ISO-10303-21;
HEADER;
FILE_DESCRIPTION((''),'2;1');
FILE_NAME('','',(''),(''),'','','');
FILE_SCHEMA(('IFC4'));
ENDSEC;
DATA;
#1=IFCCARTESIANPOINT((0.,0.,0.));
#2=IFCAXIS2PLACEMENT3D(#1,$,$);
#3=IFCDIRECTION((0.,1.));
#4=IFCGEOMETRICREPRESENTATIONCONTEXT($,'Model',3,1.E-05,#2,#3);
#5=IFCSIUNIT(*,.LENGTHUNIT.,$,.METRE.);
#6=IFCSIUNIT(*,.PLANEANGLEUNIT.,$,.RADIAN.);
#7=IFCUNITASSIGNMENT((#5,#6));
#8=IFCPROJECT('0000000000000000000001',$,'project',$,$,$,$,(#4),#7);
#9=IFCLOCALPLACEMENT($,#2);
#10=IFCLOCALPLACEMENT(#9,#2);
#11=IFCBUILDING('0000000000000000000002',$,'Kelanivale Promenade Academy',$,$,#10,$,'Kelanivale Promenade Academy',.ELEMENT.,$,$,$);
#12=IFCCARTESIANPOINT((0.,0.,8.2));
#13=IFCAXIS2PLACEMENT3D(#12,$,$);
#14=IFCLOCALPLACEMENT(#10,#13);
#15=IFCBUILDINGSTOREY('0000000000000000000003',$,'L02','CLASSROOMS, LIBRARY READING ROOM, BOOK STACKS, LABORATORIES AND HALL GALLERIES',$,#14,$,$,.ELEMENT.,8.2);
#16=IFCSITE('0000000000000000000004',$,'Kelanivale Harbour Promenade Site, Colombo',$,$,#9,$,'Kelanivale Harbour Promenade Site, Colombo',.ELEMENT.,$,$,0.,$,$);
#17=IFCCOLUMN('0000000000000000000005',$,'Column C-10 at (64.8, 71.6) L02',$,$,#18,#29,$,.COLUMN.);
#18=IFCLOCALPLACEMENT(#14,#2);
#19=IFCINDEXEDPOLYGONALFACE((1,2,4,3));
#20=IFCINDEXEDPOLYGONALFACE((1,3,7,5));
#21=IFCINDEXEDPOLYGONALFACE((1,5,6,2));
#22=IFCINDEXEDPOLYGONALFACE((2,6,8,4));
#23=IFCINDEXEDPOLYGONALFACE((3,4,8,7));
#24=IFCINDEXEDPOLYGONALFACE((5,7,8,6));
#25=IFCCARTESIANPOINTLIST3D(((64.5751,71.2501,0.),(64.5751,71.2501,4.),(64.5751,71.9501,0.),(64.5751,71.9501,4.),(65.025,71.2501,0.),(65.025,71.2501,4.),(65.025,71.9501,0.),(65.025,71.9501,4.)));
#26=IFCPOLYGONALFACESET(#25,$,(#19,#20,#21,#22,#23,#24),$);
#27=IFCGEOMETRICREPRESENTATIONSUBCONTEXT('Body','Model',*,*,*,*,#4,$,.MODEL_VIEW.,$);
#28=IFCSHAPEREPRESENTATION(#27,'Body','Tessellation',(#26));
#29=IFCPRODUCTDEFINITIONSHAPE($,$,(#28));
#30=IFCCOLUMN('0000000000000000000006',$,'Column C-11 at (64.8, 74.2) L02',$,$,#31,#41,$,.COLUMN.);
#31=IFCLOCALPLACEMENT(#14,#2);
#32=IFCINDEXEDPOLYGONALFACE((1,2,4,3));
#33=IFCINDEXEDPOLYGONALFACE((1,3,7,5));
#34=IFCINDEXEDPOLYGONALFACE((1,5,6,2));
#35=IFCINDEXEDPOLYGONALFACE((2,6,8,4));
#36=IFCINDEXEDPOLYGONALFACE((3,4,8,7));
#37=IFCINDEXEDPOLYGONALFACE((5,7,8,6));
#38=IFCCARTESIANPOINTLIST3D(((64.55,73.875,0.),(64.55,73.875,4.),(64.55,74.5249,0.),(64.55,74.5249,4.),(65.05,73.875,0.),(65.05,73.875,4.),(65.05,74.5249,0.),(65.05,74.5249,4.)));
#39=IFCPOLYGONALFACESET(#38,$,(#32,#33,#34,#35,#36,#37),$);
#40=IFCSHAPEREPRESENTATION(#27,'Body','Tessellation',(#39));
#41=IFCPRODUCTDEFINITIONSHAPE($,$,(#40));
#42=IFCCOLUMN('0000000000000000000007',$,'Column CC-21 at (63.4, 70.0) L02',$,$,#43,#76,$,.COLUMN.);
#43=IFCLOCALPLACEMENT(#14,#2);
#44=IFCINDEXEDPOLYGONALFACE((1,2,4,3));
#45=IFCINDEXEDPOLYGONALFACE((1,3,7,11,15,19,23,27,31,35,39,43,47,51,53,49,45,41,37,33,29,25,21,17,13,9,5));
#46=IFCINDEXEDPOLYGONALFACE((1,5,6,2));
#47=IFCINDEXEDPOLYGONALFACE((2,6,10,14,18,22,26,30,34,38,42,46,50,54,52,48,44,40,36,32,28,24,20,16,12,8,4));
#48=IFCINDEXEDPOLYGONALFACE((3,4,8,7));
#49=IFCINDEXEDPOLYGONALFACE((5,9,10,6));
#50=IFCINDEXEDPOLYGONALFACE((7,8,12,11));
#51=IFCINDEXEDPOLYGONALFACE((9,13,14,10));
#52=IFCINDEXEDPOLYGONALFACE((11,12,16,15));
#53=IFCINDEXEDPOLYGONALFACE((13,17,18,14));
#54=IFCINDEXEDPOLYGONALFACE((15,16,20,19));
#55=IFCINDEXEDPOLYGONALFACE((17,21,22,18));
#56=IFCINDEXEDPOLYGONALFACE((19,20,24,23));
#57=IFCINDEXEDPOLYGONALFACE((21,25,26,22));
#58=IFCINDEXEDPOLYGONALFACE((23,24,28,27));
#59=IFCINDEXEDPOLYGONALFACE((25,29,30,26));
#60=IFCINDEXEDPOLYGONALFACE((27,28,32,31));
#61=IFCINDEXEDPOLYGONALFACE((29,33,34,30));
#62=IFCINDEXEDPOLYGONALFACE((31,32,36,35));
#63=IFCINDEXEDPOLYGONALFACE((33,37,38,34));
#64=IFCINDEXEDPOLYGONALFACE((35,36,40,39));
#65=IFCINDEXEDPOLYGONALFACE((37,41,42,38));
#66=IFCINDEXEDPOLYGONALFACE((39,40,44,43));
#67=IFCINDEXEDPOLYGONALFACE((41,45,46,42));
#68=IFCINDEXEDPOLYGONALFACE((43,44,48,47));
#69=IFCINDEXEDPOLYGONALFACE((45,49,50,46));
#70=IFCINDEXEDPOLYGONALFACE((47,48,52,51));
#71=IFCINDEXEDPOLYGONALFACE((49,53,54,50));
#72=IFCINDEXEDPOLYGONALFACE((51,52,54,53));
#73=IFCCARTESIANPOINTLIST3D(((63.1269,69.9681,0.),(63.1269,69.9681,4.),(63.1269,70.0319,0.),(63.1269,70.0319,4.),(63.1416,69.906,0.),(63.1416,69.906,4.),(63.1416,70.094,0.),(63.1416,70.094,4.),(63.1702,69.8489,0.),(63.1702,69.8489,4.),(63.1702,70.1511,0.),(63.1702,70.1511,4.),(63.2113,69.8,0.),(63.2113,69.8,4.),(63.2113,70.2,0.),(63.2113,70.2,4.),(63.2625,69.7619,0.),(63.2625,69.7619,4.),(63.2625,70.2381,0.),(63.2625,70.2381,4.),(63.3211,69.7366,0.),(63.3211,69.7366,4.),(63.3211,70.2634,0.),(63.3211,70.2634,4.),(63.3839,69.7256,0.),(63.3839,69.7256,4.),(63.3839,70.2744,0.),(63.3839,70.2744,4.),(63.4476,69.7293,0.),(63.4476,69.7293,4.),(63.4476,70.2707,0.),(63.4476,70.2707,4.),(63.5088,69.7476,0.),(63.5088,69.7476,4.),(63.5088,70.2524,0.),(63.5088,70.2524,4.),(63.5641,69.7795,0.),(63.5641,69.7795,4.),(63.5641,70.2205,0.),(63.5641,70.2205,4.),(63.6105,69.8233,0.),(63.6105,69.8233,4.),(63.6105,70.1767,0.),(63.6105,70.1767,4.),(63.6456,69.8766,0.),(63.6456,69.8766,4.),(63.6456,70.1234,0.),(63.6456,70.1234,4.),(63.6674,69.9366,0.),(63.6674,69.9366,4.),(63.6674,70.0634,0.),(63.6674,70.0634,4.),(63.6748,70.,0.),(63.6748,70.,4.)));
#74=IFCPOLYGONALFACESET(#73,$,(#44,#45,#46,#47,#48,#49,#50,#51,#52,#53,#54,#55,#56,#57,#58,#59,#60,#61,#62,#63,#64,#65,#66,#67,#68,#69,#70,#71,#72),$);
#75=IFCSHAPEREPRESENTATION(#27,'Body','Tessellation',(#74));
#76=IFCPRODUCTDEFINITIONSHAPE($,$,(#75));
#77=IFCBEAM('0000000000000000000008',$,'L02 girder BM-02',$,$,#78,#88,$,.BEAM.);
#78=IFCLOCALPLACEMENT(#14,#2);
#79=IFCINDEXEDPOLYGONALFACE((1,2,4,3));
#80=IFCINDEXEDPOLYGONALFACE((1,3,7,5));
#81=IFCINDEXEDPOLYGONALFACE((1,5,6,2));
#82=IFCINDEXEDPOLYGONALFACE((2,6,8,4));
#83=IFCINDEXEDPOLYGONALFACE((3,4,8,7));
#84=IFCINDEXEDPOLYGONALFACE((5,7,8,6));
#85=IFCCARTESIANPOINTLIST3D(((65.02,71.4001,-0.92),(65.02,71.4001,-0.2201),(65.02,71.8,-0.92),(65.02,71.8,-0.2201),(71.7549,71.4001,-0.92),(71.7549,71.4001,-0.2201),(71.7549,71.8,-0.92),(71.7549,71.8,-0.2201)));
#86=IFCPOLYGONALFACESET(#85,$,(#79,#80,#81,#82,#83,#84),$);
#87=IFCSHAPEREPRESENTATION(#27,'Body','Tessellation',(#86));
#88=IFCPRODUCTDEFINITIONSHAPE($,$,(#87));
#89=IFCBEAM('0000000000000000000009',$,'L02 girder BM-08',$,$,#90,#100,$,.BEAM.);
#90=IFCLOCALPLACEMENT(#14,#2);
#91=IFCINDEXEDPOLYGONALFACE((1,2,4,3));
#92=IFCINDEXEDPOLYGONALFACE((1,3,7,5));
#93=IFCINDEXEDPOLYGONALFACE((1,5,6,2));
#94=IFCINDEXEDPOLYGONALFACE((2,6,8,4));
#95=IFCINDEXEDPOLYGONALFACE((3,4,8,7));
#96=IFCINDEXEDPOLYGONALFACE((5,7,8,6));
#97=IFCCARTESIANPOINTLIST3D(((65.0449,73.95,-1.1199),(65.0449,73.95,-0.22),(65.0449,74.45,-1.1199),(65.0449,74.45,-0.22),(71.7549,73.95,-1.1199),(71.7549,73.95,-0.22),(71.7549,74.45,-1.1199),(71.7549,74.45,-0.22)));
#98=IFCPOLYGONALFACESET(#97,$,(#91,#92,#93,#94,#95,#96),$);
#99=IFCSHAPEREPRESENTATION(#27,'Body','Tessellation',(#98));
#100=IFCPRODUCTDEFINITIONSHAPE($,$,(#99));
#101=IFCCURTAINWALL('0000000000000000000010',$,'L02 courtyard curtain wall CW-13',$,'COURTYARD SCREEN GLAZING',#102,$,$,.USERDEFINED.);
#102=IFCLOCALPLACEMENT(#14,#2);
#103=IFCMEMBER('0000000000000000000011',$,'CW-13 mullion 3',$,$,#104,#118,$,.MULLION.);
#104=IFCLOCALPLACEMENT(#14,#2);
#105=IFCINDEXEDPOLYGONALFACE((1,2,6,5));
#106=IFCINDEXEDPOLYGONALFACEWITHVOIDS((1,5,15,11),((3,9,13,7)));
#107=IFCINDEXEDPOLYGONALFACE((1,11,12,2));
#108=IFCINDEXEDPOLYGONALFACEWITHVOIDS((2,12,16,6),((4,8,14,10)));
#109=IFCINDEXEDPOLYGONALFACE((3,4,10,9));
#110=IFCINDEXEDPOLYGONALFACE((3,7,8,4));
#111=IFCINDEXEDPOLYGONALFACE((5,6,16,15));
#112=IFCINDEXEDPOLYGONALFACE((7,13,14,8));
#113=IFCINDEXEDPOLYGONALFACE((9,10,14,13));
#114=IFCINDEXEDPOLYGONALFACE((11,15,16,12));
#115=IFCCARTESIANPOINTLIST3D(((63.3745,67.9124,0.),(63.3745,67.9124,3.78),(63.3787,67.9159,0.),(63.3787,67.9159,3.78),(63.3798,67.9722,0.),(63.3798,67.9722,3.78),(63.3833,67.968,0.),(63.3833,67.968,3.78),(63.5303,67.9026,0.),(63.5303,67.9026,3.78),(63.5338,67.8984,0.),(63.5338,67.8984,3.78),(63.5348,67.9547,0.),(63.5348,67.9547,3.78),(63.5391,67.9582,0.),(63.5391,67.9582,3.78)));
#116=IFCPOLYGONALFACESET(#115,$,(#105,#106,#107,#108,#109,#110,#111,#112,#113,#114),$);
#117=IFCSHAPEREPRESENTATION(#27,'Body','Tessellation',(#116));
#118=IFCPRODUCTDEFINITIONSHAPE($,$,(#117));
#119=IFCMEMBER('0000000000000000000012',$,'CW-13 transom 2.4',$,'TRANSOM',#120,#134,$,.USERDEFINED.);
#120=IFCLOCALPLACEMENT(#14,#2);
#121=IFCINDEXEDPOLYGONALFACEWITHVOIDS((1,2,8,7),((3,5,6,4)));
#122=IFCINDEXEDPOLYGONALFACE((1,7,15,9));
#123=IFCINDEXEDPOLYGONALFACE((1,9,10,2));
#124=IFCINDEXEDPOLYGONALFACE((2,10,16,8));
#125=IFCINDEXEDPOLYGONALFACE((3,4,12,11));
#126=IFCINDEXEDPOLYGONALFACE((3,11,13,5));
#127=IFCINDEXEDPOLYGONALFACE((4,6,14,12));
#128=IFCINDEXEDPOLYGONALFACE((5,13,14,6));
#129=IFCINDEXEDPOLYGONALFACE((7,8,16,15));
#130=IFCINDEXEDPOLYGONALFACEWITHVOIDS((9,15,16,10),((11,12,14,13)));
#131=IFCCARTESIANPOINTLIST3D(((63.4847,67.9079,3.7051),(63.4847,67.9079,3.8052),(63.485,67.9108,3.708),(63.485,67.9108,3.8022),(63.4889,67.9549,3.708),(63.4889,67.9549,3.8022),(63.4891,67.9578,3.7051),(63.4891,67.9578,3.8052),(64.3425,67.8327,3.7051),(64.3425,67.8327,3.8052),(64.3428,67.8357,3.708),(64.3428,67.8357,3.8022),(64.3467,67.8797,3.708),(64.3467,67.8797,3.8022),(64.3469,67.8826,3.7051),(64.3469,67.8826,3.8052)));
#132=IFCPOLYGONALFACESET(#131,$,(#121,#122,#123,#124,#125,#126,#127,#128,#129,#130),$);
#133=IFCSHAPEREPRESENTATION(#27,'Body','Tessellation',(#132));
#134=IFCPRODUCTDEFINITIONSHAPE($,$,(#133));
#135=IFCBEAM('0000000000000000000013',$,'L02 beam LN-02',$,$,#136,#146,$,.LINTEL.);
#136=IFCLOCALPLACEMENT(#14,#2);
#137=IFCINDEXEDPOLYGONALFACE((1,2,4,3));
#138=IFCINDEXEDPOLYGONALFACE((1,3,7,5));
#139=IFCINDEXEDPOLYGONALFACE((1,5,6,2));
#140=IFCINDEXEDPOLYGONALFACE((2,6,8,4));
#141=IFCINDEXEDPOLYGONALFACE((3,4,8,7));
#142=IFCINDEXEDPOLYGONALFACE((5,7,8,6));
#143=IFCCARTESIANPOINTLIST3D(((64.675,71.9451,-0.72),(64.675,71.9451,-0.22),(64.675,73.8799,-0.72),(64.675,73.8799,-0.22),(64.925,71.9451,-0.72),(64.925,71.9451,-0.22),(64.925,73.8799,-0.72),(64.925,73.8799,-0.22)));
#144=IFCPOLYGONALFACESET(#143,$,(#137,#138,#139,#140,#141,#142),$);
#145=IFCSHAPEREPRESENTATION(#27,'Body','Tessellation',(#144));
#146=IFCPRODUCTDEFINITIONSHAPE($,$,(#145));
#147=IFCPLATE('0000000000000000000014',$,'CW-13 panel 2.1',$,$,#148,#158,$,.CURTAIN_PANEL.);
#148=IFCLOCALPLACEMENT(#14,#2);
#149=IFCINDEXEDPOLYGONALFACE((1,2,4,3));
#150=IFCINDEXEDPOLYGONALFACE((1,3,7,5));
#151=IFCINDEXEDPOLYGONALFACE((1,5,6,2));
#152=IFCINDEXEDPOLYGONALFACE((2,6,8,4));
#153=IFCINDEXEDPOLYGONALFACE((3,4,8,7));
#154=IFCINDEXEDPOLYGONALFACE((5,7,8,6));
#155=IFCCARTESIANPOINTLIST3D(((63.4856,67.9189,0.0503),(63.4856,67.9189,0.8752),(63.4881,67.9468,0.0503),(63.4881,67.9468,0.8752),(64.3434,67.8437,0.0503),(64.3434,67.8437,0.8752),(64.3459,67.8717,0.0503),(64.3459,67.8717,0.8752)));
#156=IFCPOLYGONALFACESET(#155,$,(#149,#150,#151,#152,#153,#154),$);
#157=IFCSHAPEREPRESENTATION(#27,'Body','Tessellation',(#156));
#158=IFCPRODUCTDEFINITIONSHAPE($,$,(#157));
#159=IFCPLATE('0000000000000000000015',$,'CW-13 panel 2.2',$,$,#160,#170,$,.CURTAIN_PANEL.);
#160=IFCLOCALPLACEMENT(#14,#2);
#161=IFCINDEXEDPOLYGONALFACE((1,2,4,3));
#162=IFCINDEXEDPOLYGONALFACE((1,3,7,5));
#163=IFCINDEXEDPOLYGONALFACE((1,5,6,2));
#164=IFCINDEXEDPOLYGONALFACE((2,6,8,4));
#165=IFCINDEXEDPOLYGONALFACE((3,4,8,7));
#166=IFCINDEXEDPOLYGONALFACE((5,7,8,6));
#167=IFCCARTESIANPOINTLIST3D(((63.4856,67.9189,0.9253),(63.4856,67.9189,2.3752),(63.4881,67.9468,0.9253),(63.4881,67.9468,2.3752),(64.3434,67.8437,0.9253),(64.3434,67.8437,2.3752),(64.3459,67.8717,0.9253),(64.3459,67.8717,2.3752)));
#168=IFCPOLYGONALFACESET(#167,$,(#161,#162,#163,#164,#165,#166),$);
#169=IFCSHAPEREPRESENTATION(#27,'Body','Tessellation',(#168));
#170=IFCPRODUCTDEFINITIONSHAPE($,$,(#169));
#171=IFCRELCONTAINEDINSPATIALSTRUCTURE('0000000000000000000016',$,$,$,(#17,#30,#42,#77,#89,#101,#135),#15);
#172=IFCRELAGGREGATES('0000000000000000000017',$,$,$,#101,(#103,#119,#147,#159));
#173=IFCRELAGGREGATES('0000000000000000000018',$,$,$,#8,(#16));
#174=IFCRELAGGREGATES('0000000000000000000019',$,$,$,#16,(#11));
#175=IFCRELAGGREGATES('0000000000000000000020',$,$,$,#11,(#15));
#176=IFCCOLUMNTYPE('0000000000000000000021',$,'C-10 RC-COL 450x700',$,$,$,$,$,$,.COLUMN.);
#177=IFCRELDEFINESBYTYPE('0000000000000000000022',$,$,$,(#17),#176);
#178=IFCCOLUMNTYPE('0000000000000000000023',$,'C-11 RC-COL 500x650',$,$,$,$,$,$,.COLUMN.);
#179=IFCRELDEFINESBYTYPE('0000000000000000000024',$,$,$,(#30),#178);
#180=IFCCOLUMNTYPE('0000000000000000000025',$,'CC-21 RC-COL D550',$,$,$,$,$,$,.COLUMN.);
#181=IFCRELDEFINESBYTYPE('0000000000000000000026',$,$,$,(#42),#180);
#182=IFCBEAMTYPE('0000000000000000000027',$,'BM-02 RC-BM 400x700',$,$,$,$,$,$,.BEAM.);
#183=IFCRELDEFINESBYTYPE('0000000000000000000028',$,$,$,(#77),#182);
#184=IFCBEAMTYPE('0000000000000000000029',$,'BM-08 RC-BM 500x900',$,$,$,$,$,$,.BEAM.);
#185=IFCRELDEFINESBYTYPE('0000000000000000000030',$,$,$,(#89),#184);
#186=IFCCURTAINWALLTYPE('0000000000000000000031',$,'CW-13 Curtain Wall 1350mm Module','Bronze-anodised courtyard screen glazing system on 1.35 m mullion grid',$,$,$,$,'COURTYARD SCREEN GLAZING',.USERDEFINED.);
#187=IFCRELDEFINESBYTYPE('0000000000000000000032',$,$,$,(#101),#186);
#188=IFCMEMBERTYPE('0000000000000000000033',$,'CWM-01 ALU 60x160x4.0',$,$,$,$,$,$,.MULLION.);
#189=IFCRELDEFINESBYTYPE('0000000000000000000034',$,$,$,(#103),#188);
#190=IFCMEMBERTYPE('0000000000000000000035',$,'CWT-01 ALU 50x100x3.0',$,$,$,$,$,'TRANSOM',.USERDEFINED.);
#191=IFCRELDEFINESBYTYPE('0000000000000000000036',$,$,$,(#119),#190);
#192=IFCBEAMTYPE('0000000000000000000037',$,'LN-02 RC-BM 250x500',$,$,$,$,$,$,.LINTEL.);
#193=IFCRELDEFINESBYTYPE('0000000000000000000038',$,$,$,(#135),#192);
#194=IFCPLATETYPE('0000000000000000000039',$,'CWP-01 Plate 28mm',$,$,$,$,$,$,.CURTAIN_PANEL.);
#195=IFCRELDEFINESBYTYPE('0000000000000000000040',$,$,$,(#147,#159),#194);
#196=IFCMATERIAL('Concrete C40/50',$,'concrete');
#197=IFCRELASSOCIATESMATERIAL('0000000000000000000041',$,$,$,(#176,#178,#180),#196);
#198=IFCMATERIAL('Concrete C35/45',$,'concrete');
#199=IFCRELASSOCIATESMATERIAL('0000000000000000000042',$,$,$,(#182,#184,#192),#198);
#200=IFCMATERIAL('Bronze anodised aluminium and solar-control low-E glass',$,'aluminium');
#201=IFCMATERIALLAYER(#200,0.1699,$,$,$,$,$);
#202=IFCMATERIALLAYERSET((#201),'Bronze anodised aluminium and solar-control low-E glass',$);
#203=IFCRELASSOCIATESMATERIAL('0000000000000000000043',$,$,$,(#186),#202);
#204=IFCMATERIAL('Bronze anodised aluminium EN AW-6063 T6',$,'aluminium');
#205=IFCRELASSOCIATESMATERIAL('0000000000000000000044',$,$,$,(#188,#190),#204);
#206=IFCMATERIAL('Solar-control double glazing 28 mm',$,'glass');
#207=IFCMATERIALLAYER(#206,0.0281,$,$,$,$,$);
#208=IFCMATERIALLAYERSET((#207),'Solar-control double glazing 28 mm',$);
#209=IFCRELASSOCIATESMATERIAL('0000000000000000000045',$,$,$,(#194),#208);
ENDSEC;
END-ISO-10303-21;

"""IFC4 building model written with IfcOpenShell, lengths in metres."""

from ifc_helpers import new_model, si_unit, direction, frame, origin, origin_2d, place, context, subcontext, project, spatial, rectangle, hollow_rectangle, circle, extrude, material, layer, layer_set, material_profile, profile_set, type_object, element, aggregate, save


model = new_model("IFC4")

# Units and contexts
model_context = context("Model", 3, precision=1e-05, world=origin(), true_north=direction((0.0, 1.0)))
body_context = subcontext(model_context, "Body", "Model", "MODEL_VIEW")
ifc_project = project(units=[si_unit("LENGTHUNIT", "METRE"), si_unit("PLANEANGLEUNIT", "RADIAN")], contexts=[model_context])

# Site, building, storey
site_placement = place(None, origin())
site = spatial("IfcSite", under=ifc_project, at=site_placement, Name="Kelanivale Harbour Promenade Site, Colombo", LongName="Kelanivale Harbour Promenade Site, Colombo", CompositionType="ELEMENT", RefElevation=0.0)
building_placement = place(site_placement, origin())
building = spatial("IfcBuilding", under=site, at=building_placement, Name="Kelanivale Promenade Academy", LongName="Kelanivale Promenade Academy", CompositionType="ELEMENT")
storey_placement = place(building_placement, frame((0.0, 0.0, 8.2)))
storey = spatial("IfcBuildingStorey", under=building, at=storey_placement, Name="L02", Description="CLASSROOMS, LIBRARY READING ROOM, BOOK STACKS, LABORATORIES AND HALL GALLERIES", CompositionType="ELEMENT", Elevation=8.2)

# Columns
ifc_material_1 = material(Name="Concrete C40/50", Category="concrete")
ifc_material_profile_1 = material_profile(ifc_material_1, rectangle(XDim=0.45, YDim=0.7, at=origin_2d()), Name="RC-COL 450x700")
ifc_profile_set_1 = profile_set([ifc_material_profile_1], Name="Concrete C40/50")
column_type_1 = type_object("IfcColumnType", Name="C-10 RC-COL 450x700", PredefinedType="COLUMN", material=ifc_profile_set_1)
column_1_placement = place(storey_placement, frame((64.8, 71.6001, 0.0), z_axis=(0.0, 0.0, 1.0), x_axis=(1.0, 0.0, 0.0)))
element("IfcColumn", 1, at=column_1_placement, inside=storey, type_object=column_type_1, Name="Column C-10 at (64.8, 71.6) L02", PredefinedType="COLUMN", context=body_context, shape_type="SweptSolid", body=[
    extrude(rectangle(XDim=0.45, YDim=0.7, at=origin_2d()), origin(), (0.0, 0.0, 1.0), 4.0),
])
ifc_material_profile_2 = material_profile(ifc_material_1, rectangle(XDim=0.5, YDim=0.6499, at=origin_2d()), Name="RC-COL 500x650")
ifc_profile_set_2 = profile_set([ifc_material_profile_2], Name="Concrete C40/50")
column_type_2 = type_object("IfcColumnType", Name="C-11 RC-COL 500x650", PredefinedType="COLUMN", material=ifc_profile_set_2)
column_2_placement = place(storey_placement, frame((64.8, 74.2, 0.0), z_axis=(0.0, 0.0, 1.0), x_axis=(1.0, 0.0, 0.0)))
element("IfcColumn", 2, at=column_2_placement, inside=storey, type_object=column_type_2, Name="Column C-11 at (64.8, 74.2) L02", PredefinedType="COLUMN", context=body_context, shape_type="SweptSolid", body=[
    extrude(rectangle(XDim=0.5, YDim=0.6499, at=origin_2d()), origin(), (0.0, 0.0, 1.0), 4.0),
])
ifc_material_profile_3 = material_profile(ifc_material_1, circle(Radius=0.2749, at=origin_2d()), Name="RC-COL D550")
ifc_profile_set_3 = profile_set([ifc_material_profile_3], Name="Concrete C40/50")
column_type_3 = type_object("IfcColumnType", Name="CC-21 RC-COL D550", PredefinedType="COLUMN", material=ifc_profile_set_3)
column_3_placement = place(storey_placement, frame((63.3999, 70.0, 0.0), z_axis=(0.0, 0.0, 1.0), x_axis=(1.0, 0.0, 0.0)))
element("IfcColumn", 3, at=column_3_placement, inside=storey, type_object=column_type_3, Name="Column CC-21 at (63.4, 70.0) L02", PredefinedType="COLUMN", context=body_context, shape_type="SweptSolid", body=[
    extrude(circle(Radius=0.2749, at=origin_2d()), origin(), (0.0, 0.0, 1.0), 4.0),
])

# Beams
ifc_material_2 = material(Name="Concrete C35/45", Category="concrete")
ifc_material_profile_4 = material_profile(ifc_material_2, rectangle(XDim=0.3999, YDim=0.7, at=origin_2d()), Name="RC-BM 400x700")
ifc_profile_set_4 = profile_set([ifc_material_profile_4], Name="Concrete C35/45")
beam_type_1 = type_object("IfcBeamType", Name="BM-02 RC-BM 400x700", PredefinedType="BEAM", material=ifc_profile_set_4)
beam_1_placement = place(storey_placement, frame((65.02, 71.6001, -0.5701), z_axis=(1.0, 0.0, 0.0), x_axis=(0.0, 1.0, 0.0)))
element("IfcBeam", 4, at=beam_1_placement, inside=storey, type_object=beam_type_1, Name="L02 girder BM-02", PredefinedType="BEAM", context=body_context, shape_type="SweptSolid", body=[
    extrude(rectangle(XDim=0.3999, YDim=0.7, at=origin_2d()), origin(), (0.0, 0.0, 1.0), 6.7349),
])
ifc_material_profile_5 = material_profile(ifc_material_2, rectangle(XDim=0.5, YDim=0.8999, at=origin_2d()), Name="RC-BM 500x900")
ifc_profile_set_5 = profile_set([ifc_material_profile_5], Name="Concrete C35/45")
beam_type_2 = type_object("IfcBeamType", Name="BM-08 RC-BM 500x900", PredefinedType="BEAM", material=ifc_profile_set_5)
beam_2_placement = place(storey_placement, frame((65.0449, 74.2, -0.6699), z_axis=(1.0, 0.0, 0.0), x_axis=(0.0, 1.0, 0.0)))
element("IfcBeam", 5, at=beam_2_placement, inside=storey, type_object=beam_type_2, Name="L02 girder BM-08", PredefinedType="BEAM", context=body_context, shape_type="SweptSolid", body=[
    extrude(rectangle(XDim=0.5, YDim=0.8999, at=origin_2d()), origin(), (0.0, 0.0, 1.0), 6.71),
])

# Curtain wall, members
ifc_material_3 = material(Name="Bronze anodised aluminium and solar-control low-E glass", Category="aluminium")
ifc_layer_1 = layer(ifc_material_3, 0.1699)
ifc_layer_set_1 = layer_set([ifc_layer_1], Name="Bronze anodised aluminium and solar-control low-E glass")
curtain_wall_type = type_object("IfcCurtainWallType", Name="CW-13 Curtain Wall 1350mm Module", Description="Bronze-anodised courtyard screen glazing system on 1.35 m mullion grid", ElementType="COURTYARD SCREEN GLAZING", PredefinedType="USERDEFINED", material=ifc_layer_set_1)
curtain_wall_placement = place(storey_placement, origin())
curtain_wall = element("IfcCurtainWall", 6, at=curtain_wall_placement, inside=storey, type_object=curtain_wall_type, Name="L02 courtyard curtain wall CW-13", ObjectType="COURTYARD SCREEN GLAZING", PredefinedType="USERDEFINED")
ifc_material_4 = material(Name="Bronze anodised aluminium EN AW-6063 T6", Category="aluminium")
ifc_material_profile_6 = material_profile(ifc_material_4, hollow_rectangle(XDim=0.0601, YDim=0.1599, WallThickness=0.0039, at=origin_2d()), Name="ALU 60x160x4.0")
ifc_profile_set_6 = profile_set([ifc_material_profile_6], Name="Bronze anodised aluminium EN AW-6063 T6")
member_type_1 = type_object("IfcMemberType", Name="CWM-01 ALU 60x160x4.0", PredefinedType="MULLION", material=ifc_profile_set_6)
member_1_placement = place(storey_placement, frame((63.4568, 67.9353, 0.0), z_axis=(0.0, 0.0, 1.0), x_axis=(-0.087265, -0.996185, 0.0)))
member_1 = element("IfcMember", 7, at=member_1_placement, type_object=member_type_1, Name="CW-13 mullion 3", PredefinedType="MULLION", context=body_context, shape_type="SweptSolid", body=[
    extrude(hollow_rectangle(XDim=0.0601, YDim=0.1599, WallThickness=0.0039, at=origin_2d()), origin(), (0.0, 0.0, 1.0), 3.78),
])
ifc_material_profile_7 = material_profile(ifc_material_4, hollow_rectangle(XDim=0.05, YDim=0.1001, WallThickness=0.0029, at=origin_2d()), Name="ALU 50x100x3.0")
ifc_profile_set_7 = profile_set([ifc_material_profile_7], Name="Bronze anodised aluminium EN AW-6063 T6")
member_type_2 = type_object("IfcMemberType", Name="CWT-01 ALU 50x100x3.0", ElementType="TRANSOM", PredefinedType="USERDEFINED", material=ifc_profile_set_7)
member_2_placement = place(storey_placement, frame((64.3447, 67.8577, 3.7551), z_axis=(-0.996181, 0.087315, 0.0), x_axis=(-0.087315, -0.996181, 0.0)))
member_2 = element("IfcMember", 8, at=member_2_placement, type_object=member_type_2, Name="CW-13 transom 2.4", ObjectType="TRANSOM", PredefinedType="USERDEFINED", context=body_context, shape_type="SweptSolid", body=[
    extrude(hollow_rectangle(XDim=0.05, YDim=0.1001, WallThickness=0.0029, at=origin_2d()), origin(), (0.0, 0.0, 1.0), 0.8611),
])

# Beam
ifc_material_profile_8 = material_profile(ifc_material_2, rectangle(XDim=0.25, YDim=0.5, at=origin_2d()), Name="RC-BM 250x500")
ifc_profile_set_8 = profile_set([ifc_material_profile_8], Name="Concrete C35/45")
beam_type_3 = type_object("IfcBeamType", Name="LN-02 RC-BM 250x500", PredefinedType="LINTEL", material=ifc_profile_set_8)
beam_3_placement = place(storey_placement, frame((64.8, 71.9451, -0.47), z_axis=(0.0, 1.0, 0.0), x_axis=(-1.0, 0.0, 0.0)))
element("IfcBeam", 9, at=beam_3_placement, inside=storey, type_object=beam_type_3, Name="L02 beam LN-02", PredefinedType="LINTEL", context=body_context, shape_type="SweptSolid", body=[
    extrude(rectangle(XDim=0.25, YDim=0.5, at=origin_2d()), origin(), (0.0, 0.0, 1.0), 1.9348),
])

# Plates
ifc_material_5 = material(Name="Solar-control double glazing 28 mm", Category="glass")
ifc_layer_2 = layer(ifc_material_5, 0.0281)
ifc_layer_set_2 = layer_set([ifc_layer_2], Name="Solar-control double glazing 28 mm")
plate_type = type_object("IfcPlateType", Name="CWP-01 Plate 28mm", PredefinedType="CURTAIN_PANEL", material=ifc_layer_set_2)
plate_1_placement = place(storey_placement, frame((63.9158, 67.8953, 0.0503), z_axis=(0.0, 0.0, 1.0), x_axis=(-0.996185, 0.087265, 0.0)))
plate_1 = element("IfcPlate", 10, at=plate_1_placement, type_object=plate_type, Name="CW-13 panel 2.1", PredefinedType="CURTAIN_PANEL", context=body_context, shape_type="SweptSolid", body=[
    extrude(rectangle(XDim=0.8611, YDim=0.0281, at=origin_2d()), origin(), (0.0, 0.0, 1.0), 0.825),
])
plate_2_placement = place(storey_placement, frame((63.9158, 67.8953, 0.9253), z_axis=(0.0, 0.0, 1.0), x_axis=(-0.996185, 0.087265, 0.0)))
plate_2 = element("IfcPlate", 11, at=plate_2_placement, type_object=plate_type, Name="CW-13 panel 2.2", PredefinedType="CURTAIN_PANEL", context=body_context, shape_type="SweptSolid", body=[
    extrude(rectangle(XDim=0.8611, YDim=0.0281, at=origin_2d()), origin(), (0.0, 0.0, 1.0), 1.45),
])
aggregate(curtain_wall, [member_1, member_2, plate_1, plate_2])

save(model, "model.ifc")
